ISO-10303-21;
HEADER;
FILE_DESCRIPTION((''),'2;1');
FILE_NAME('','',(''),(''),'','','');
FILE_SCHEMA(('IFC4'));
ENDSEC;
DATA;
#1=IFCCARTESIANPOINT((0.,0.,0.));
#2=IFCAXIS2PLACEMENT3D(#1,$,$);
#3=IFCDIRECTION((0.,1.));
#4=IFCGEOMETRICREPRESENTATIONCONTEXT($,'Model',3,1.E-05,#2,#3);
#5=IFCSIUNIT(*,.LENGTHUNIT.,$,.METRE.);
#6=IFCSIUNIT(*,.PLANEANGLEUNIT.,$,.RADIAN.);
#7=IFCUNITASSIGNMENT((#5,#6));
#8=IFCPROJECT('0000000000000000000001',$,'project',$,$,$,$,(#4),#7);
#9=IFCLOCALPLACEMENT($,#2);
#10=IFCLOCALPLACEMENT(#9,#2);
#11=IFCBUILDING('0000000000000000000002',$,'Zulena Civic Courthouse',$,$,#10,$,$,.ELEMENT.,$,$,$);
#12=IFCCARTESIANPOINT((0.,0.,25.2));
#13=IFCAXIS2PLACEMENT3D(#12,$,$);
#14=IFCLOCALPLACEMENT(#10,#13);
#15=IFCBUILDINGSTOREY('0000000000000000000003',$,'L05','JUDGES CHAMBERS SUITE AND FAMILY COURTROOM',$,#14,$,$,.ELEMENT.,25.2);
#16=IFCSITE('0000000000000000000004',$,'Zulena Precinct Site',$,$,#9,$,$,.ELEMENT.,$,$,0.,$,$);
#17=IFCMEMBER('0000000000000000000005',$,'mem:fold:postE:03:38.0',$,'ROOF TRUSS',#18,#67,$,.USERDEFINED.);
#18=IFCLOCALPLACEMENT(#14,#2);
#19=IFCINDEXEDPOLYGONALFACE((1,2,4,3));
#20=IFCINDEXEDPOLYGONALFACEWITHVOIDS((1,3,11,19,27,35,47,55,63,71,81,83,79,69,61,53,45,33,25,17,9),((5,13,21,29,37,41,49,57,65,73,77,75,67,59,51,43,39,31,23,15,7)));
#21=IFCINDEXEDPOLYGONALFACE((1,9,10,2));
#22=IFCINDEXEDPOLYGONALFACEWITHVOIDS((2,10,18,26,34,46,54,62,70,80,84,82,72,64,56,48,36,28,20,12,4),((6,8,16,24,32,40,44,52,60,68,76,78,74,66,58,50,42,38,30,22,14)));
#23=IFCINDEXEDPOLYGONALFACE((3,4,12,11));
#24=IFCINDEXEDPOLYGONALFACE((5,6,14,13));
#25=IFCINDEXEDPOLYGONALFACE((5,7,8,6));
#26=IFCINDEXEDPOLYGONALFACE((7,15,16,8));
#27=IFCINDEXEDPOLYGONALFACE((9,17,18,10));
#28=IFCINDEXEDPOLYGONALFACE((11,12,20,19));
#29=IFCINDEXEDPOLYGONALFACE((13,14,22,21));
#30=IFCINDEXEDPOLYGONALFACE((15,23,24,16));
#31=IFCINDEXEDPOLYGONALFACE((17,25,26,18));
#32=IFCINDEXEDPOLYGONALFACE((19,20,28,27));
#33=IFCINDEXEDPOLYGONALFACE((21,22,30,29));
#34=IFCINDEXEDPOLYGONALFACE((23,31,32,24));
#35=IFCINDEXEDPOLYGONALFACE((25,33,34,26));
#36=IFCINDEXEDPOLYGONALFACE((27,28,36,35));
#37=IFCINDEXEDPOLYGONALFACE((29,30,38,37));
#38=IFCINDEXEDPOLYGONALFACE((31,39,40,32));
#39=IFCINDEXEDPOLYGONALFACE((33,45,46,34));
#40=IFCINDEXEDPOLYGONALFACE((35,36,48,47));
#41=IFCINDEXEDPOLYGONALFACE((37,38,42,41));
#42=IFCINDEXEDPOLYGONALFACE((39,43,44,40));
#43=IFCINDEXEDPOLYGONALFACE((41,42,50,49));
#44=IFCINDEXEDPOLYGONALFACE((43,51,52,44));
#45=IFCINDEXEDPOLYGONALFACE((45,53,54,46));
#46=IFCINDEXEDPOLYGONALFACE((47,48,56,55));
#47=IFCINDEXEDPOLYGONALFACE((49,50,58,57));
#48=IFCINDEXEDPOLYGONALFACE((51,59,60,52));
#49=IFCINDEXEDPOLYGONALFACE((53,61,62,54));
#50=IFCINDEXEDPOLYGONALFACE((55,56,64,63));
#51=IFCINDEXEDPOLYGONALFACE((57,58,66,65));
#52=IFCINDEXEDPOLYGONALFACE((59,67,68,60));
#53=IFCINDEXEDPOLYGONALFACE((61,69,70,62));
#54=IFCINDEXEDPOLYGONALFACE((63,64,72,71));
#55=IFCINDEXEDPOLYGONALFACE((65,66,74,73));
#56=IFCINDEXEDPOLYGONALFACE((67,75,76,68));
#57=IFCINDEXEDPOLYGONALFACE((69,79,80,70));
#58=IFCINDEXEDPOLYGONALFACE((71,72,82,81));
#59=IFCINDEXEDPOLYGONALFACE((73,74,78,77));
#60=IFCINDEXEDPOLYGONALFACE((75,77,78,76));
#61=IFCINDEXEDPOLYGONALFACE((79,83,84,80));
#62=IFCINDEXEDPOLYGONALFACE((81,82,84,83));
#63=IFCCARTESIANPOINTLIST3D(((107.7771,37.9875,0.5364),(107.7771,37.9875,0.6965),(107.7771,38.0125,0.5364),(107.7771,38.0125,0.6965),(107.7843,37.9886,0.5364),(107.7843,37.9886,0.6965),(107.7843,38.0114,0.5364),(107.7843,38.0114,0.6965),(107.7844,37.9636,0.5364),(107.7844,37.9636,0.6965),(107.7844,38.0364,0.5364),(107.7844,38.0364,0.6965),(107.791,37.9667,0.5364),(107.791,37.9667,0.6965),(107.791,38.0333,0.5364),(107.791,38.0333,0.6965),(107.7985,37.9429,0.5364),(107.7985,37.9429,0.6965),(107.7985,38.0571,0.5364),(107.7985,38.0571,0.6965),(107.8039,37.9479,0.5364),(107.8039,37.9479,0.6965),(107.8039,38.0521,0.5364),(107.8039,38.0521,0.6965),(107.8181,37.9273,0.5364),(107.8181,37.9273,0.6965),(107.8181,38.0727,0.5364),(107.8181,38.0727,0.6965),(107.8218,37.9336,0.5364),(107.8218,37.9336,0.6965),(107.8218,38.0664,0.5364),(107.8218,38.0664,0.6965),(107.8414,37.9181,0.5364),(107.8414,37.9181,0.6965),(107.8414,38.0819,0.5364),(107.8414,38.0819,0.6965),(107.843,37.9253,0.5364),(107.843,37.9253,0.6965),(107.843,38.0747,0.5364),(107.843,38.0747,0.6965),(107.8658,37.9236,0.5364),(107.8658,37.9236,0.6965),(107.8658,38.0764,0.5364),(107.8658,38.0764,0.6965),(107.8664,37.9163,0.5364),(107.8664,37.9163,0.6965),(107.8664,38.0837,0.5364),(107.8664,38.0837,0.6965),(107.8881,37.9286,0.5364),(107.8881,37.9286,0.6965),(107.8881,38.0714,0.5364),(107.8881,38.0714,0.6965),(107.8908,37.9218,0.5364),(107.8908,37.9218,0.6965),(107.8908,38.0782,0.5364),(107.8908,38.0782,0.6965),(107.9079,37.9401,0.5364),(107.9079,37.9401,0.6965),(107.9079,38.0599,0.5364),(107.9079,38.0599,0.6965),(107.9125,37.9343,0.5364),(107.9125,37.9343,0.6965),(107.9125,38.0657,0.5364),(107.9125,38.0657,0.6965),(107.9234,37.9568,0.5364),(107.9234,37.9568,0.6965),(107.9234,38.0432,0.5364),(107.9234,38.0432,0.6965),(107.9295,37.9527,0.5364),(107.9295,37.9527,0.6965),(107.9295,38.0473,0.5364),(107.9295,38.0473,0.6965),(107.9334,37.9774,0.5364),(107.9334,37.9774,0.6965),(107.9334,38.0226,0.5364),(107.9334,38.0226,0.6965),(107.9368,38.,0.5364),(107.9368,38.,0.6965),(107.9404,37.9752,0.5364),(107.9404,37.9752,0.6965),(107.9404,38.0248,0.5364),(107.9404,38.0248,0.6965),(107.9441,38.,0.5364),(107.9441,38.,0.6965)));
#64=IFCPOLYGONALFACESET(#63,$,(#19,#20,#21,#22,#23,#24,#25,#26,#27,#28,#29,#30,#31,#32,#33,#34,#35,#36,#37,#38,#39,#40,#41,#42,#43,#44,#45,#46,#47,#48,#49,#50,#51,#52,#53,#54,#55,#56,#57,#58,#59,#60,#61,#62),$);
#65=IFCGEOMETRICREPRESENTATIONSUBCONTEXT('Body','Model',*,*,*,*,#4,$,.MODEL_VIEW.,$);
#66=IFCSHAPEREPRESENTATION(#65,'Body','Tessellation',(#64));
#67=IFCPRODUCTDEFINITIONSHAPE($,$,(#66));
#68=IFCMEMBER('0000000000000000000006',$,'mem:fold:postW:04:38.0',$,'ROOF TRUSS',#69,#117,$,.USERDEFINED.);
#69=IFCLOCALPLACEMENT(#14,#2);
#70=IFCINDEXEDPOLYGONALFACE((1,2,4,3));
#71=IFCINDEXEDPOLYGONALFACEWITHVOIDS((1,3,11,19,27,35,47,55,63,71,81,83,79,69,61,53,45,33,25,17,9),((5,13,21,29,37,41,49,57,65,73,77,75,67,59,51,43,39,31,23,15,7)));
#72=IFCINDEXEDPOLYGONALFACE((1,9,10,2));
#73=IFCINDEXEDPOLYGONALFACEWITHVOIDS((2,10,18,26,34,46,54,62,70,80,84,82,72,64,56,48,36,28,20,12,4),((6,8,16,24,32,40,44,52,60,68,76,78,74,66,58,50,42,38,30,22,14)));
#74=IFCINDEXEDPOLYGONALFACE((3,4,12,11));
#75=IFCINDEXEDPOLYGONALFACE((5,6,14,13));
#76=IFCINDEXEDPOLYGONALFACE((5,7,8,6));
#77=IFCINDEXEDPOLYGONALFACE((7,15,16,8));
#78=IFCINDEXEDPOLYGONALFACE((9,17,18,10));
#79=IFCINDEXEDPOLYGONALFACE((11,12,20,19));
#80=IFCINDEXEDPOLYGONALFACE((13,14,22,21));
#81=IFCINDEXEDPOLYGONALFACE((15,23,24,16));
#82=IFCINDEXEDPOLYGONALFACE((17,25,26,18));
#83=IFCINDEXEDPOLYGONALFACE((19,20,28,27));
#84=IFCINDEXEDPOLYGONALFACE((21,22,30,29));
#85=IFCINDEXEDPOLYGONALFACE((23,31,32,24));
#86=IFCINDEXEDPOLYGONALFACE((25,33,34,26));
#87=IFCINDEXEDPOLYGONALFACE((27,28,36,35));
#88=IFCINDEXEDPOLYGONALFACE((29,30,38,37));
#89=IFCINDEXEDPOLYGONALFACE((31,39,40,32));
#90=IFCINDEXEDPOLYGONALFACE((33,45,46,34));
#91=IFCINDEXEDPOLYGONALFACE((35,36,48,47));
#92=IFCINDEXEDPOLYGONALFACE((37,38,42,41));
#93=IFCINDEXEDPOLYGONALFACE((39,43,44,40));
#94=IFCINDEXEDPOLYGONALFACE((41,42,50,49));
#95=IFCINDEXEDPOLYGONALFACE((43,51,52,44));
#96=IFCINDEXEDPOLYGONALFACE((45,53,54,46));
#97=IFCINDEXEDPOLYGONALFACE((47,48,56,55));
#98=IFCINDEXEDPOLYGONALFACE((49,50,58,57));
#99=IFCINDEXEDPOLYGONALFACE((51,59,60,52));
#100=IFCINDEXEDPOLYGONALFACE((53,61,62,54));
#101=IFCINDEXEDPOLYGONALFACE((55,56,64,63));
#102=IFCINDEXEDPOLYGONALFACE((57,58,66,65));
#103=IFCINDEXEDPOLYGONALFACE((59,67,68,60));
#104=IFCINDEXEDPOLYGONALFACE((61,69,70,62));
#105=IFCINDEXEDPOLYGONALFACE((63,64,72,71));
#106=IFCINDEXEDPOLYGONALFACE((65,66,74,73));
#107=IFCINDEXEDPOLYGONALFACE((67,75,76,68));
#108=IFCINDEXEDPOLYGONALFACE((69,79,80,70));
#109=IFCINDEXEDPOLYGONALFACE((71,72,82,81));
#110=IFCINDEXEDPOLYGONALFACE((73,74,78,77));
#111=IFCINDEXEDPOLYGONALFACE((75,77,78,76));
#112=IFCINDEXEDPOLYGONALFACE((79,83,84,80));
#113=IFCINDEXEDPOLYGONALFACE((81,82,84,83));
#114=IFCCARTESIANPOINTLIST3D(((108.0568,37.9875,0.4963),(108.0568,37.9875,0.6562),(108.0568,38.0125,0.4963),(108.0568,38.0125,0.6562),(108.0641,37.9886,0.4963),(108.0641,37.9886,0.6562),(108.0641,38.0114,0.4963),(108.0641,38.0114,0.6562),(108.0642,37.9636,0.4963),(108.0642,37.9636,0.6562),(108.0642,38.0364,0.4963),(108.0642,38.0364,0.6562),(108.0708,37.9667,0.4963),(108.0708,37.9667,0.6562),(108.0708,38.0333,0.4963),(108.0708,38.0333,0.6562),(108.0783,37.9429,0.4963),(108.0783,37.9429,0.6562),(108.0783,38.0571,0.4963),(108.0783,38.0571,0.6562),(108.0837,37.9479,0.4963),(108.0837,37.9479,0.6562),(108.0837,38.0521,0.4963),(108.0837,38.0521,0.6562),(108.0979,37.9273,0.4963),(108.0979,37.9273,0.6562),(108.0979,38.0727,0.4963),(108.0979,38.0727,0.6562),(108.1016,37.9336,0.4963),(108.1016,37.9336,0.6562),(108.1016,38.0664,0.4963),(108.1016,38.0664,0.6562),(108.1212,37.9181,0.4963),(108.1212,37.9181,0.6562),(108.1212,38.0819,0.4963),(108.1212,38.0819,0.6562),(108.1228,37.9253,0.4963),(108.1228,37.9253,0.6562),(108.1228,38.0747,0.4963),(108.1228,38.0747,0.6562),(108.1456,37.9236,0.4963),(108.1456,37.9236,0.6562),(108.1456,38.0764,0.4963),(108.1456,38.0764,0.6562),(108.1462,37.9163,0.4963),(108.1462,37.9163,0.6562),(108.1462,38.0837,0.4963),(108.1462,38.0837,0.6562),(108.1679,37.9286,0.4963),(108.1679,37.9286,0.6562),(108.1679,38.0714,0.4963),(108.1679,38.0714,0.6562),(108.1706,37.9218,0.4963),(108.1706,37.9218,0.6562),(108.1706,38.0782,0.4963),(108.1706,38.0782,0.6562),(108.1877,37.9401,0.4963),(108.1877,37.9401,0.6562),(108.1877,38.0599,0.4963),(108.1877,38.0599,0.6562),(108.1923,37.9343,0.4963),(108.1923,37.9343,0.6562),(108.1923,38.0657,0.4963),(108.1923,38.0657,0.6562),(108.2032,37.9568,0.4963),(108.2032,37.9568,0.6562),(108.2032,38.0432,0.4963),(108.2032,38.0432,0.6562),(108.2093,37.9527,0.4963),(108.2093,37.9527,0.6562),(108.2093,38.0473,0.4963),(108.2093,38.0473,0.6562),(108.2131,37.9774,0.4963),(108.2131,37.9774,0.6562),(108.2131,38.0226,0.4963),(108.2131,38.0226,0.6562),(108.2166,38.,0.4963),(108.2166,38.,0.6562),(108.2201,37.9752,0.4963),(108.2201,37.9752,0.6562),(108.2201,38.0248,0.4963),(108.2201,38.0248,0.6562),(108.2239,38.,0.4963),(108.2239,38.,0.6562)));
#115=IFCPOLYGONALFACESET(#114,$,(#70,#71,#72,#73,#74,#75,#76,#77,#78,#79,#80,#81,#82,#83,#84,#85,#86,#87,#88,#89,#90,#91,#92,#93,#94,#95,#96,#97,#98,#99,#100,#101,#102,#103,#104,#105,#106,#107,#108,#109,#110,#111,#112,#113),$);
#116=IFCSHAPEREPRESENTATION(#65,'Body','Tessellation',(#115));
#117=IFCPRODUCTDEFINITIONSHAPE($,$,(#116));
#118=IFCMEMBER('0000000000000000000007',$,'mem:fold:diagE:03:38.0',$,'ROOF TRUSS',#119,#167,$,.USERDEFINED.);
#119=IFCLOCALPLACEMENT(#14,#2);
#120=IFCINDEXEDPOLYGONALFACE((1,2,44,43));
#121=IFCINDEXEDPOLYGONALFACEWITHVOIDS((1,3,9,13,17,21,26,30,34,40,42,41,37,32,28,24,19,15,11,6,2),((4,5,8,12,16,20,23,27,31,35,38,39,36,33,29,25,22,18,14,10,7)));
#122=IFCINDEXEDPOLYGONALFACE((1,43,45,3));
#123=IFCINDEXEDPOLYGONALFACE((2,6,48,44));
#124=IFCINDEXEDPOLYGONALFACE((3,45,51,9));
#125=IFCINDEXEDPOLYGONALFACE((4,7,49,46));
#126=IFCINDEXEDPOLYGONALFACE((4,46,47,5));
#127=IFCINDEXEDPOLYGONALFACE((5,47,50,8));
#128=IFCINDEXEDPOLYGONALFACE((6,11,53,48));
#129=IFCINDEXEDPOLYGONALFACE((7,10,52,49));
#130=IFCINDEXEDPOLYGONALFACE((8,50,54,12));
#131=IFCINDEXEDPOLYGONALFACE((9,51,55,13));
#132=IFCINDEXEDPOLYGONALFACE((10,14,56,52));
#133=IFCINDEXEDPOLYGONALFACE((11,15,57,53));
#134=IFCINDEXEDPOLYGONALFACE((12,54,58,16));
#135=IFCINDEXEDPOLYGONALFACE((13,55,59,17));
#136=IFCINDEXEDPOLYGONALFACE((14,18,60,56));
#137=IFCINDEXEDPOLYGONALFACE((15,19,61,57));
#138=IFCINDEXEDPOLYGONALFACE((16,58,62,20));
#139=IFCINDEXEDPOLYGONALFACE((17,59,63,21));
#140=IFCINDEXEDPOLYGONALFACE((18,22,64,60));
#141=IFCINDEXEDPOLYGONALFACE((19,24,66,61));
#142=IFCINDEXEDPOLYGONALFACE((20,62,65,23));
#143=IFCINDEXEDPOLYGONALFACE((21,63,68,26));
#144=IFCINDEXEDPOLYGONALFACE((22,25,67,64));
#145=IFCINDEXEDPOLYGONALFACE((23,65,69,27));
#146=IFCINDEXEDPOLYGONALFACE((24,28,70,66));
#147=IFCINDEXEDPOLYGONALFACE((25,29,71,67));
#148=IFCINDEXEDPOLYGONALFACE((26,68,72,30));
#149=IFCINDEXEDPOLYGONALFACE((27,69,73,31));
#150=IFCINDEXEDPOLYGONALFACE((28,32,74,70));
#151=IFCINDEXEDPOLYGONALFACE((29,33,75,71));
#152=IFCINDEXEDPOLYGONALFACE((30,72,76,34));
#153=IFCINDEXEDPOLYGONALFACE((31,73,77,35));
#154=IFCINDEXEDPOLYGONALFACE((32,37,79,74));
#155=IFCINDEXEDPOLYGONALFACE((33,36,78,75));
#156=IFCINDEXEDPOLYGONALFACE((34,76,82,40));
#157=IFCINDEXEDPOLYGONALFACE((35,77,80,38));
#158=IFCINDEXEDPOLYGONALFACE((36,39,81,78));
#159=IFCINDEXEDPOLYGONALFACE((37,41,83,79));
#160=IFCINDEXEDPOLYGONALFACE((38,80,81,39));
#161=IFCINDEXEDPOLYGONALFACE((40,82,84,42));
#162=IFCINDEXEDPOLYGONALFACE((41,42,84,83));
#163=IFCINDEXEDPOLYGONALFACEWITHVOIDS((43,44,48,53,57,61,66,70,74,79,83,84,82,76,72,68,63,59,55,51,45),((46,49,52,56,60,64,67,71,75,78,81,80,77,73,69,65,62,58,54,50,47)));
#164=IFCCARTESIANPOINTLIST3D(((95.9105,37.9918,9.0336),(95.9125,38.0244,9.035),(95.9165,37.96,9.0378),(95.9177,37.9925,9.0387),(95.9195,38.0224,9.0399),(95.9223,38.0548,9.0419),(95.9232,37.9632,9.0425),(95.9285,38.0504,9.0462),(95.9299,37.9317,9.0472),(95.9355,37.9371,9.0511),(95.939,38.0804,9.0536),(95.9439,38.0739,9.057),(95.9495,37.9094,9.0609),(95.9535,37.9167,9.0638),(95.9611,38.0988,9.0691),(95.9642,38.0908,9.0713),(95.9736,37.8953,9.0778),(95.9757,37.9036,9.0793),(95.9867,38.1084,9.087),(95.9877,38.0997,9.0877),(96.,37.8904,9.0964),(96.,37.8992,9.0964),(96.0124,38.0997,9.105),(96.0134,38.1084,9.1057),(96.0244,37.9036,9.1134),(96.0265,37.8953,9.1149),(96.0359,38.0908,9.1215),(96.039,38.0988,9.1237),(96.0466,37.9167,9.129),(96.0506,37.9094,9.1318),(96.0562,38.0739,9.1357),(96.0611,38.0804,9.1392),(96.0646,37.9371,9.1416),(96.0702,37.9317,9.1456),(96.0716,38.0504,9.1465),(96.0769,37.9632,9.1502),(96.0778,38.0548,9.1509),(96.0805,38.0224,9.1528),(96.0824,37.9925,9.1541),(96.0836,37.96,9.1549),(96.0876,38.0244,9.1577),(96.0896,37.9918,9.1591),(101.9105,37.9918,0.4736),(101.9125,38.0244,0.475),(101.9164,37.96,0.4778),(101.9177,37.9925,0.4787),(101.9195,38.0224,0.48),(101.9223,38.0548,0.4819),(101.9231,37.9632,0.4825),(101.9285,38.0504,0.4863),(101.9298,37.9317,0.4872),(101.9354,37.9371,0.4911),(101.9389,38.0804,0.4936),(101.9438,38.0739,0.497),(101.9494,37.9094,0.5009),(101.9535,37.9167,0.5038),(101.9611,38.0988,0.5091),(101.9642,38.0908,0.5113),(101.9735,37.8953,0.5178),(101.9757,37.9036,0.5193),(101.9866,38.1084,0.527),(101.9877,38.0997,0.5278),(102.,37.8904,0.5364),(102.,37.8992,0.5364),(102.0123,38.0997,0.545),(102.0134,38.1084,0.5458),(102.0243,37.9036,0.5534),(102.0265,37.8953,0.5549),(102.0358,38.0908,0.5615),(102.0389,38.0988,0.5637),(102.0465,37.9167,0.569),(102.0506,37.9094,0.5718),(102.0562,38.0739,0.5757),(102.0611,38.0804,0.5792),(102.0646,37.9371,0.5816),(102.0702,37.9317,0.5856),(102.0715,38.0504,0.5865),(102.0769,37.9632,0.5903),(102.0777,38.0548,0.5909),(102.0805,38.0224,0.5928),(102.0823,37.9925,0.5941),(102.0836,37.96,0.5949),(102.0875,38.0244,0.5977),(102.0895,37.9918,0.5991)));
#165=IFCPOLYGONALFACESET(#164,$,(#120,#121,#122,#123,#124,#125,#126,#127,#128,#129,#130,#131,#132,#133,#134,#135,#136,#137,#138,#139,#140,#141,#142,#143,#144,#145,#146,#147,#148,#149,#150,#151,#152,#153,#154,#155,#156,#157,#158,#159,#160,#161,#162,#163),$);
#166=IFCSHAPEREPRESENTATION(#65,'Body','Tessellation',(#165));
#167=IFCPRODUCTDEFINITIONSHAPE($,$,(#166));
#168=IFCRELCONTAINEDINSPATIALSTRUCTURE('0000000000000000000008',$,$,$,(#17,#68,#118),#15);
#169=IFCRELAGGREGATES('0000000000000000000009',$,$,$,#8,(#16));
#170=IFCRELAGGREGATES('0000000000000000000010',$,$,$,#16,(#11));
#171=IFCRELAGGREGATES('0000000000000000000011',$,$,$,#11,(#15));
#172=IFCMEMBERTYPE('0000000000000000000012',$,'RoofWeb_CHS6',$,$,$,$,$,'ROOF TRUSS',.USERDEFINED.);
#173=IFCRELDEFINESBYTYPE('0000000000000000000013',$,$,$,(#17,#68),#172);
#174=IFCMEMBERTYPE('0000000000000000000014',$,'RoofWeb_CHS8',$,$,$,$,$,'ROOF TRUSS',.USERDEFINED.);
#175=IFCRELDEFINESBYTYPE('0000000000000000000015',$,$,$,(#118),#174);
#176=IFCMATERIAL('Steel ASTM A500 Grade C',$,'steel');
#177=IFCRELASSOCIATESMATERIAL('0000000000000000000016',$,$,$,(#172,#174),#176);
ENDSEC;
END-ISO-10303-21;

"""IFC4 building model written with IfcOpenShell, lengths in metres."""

from ifc_helpers import new_model, si_unit, direction, frame, origin, origin_2d, place, context, subcontext, project, spatial, hollow_circle, extrude, material, material_profile, profile_set, type_object, element, save


model = new_model("IFC4")

# Units and contexts
model_context = context("Model", 3, precision=1e-05, world=origin(), true_north=direction((0.0, 1.0)))
body_context = subcontext(model_context, "Body", "Model", "MODEL_VIEW")
ifc_project = project(units=[si_unit("LENGTHUNIT", "METRE"), si_unit("PLANEANGLEUNIT", "RADIAN")], contexts=[model_context])

# Site, building, storey
site_placement = place(None, origin())
site = spatial("IfcSite", under=ifc_project, at=site_placement, Name="Zulena Precinct Site", CompositionType="ELEMENT", RefElevation=0.0)
building_placement = place(site_placement, origin())
building = spatial("IfcBuilding", under=site, at=building_placement, Name="Zulena Civic Courthouse", CompositionType="ELEMENT")
storey_placement = place(building_placement, frame((0.0, 0.0, 25.2)))
storey = spatial("IfcBuildingStorey", under=building, at=storey_placement, Name="L05", Description="JUDGES CHAMBERS SUITE AND FAMILY COURTROOM", CompositionType="ELEMENT", Elevation=25.2)

# Members
ifc_material_1 = material(Name="Steel ASTM A500 Grade C", Category="steel")
ifc_material_profile_1 = material_profile(ifc_material_1, hollow_circle(Radius=0.084, WallThickness=0.0073, at=origin_2d()), Name="HSS6.625X0.312")
ifc_profile_set_1 = profile_set([ifc_material_profile_1], Name="Steel ASTM A500 Grade C")
member_type_1 = type_object("IfcMemberType", Name="RoofWeb_CHS6", ElementType="ROOF TRUSS", PredefinedType="USERDEFINED", material=ifc_profile_set_1)
member_1_placement = place(storey_placement, frame((107.8601, 38.0, 0.5364), z_axis=(0.0, 0.0, 1.0), x_axis=(1.0, 0.0, 0.0)))
element("IfcMember", 1, at=member_1_placement, inside=storey, type_object=member_type_1, Name="mem:fold:postE:03:38.0", ObjectType="ROOF TRUSS", PredefinedType="USERDEFINED", context=body_context, shape_type="SweptSolid", body=[
    extrude(hollow_circle(Radius=0.084, WallThickness=0.0073, at=origin_2d()), origin(), (0.0, 0.0, 1.0), 0.1602),
])
member_2_placement = place(storey_placement, frame((108.1399, 38.0, 0.4963), z_axis=(0.0, 0.0, 1.0), x_axis=(1.0, 0.0, 0.0)))
element("IfcMember", 2, at=member_2_placement, inside=storey, type_object=member_type_1, Name="mem:fold:postW:04:38.0", ObjectType="ROOF TRUSS", PredefinedType="USERDEFINED", context=body_context, shape_type="SweptSolid", body=[
    extrude(hollow_circle(Radius=0.084, WallThickness=0.0073, at=origin_2d()), origin(), (0.0, 0.0, 1.0), 0.1599),
])
ifc_material_profile_2 = material_profile(ifc_material_1, hollow_circle(Radius=0.1096, WallThickness=0.0088, at=origin_2d()), Name="HSS8.625X0.375")
ifc_profile_set_2 = profile_set([ifc_material_profile_2], Name="Steel ASTM A500 Grade C")
member_type_2 = type_object("IfcMemberType", Name="RoofWeb_CHS8", ElementType="ROOF TRUSS", PredefinedType="USERDEFINED", material=ifc_profile_set_2)
member_3_placement = place(storey_placement, frame((102.0, 38.0, 0.5364), z_axis=(-0.573973, 0.0, 0.818874), x_axis=(0.0, -1.0, 0.0)))
element("IfcMember", 3, at=member_3_placement, inside=storey, type_object=member_type_2, Name="mem:fold:diagE:03:38.0", ObjectType="ROOF TRUSS", PredefinedType="USERDEFINED", context=body_context, shape_type="SweptSolid", body=[
    extrude(hollow_circle(Radius=0.1096, WallThickness=0.0088, at=origin_2d()), origin(), (0.0, 0.0, 1.0), 10.4534),
])

save(model, "model.ifc")
